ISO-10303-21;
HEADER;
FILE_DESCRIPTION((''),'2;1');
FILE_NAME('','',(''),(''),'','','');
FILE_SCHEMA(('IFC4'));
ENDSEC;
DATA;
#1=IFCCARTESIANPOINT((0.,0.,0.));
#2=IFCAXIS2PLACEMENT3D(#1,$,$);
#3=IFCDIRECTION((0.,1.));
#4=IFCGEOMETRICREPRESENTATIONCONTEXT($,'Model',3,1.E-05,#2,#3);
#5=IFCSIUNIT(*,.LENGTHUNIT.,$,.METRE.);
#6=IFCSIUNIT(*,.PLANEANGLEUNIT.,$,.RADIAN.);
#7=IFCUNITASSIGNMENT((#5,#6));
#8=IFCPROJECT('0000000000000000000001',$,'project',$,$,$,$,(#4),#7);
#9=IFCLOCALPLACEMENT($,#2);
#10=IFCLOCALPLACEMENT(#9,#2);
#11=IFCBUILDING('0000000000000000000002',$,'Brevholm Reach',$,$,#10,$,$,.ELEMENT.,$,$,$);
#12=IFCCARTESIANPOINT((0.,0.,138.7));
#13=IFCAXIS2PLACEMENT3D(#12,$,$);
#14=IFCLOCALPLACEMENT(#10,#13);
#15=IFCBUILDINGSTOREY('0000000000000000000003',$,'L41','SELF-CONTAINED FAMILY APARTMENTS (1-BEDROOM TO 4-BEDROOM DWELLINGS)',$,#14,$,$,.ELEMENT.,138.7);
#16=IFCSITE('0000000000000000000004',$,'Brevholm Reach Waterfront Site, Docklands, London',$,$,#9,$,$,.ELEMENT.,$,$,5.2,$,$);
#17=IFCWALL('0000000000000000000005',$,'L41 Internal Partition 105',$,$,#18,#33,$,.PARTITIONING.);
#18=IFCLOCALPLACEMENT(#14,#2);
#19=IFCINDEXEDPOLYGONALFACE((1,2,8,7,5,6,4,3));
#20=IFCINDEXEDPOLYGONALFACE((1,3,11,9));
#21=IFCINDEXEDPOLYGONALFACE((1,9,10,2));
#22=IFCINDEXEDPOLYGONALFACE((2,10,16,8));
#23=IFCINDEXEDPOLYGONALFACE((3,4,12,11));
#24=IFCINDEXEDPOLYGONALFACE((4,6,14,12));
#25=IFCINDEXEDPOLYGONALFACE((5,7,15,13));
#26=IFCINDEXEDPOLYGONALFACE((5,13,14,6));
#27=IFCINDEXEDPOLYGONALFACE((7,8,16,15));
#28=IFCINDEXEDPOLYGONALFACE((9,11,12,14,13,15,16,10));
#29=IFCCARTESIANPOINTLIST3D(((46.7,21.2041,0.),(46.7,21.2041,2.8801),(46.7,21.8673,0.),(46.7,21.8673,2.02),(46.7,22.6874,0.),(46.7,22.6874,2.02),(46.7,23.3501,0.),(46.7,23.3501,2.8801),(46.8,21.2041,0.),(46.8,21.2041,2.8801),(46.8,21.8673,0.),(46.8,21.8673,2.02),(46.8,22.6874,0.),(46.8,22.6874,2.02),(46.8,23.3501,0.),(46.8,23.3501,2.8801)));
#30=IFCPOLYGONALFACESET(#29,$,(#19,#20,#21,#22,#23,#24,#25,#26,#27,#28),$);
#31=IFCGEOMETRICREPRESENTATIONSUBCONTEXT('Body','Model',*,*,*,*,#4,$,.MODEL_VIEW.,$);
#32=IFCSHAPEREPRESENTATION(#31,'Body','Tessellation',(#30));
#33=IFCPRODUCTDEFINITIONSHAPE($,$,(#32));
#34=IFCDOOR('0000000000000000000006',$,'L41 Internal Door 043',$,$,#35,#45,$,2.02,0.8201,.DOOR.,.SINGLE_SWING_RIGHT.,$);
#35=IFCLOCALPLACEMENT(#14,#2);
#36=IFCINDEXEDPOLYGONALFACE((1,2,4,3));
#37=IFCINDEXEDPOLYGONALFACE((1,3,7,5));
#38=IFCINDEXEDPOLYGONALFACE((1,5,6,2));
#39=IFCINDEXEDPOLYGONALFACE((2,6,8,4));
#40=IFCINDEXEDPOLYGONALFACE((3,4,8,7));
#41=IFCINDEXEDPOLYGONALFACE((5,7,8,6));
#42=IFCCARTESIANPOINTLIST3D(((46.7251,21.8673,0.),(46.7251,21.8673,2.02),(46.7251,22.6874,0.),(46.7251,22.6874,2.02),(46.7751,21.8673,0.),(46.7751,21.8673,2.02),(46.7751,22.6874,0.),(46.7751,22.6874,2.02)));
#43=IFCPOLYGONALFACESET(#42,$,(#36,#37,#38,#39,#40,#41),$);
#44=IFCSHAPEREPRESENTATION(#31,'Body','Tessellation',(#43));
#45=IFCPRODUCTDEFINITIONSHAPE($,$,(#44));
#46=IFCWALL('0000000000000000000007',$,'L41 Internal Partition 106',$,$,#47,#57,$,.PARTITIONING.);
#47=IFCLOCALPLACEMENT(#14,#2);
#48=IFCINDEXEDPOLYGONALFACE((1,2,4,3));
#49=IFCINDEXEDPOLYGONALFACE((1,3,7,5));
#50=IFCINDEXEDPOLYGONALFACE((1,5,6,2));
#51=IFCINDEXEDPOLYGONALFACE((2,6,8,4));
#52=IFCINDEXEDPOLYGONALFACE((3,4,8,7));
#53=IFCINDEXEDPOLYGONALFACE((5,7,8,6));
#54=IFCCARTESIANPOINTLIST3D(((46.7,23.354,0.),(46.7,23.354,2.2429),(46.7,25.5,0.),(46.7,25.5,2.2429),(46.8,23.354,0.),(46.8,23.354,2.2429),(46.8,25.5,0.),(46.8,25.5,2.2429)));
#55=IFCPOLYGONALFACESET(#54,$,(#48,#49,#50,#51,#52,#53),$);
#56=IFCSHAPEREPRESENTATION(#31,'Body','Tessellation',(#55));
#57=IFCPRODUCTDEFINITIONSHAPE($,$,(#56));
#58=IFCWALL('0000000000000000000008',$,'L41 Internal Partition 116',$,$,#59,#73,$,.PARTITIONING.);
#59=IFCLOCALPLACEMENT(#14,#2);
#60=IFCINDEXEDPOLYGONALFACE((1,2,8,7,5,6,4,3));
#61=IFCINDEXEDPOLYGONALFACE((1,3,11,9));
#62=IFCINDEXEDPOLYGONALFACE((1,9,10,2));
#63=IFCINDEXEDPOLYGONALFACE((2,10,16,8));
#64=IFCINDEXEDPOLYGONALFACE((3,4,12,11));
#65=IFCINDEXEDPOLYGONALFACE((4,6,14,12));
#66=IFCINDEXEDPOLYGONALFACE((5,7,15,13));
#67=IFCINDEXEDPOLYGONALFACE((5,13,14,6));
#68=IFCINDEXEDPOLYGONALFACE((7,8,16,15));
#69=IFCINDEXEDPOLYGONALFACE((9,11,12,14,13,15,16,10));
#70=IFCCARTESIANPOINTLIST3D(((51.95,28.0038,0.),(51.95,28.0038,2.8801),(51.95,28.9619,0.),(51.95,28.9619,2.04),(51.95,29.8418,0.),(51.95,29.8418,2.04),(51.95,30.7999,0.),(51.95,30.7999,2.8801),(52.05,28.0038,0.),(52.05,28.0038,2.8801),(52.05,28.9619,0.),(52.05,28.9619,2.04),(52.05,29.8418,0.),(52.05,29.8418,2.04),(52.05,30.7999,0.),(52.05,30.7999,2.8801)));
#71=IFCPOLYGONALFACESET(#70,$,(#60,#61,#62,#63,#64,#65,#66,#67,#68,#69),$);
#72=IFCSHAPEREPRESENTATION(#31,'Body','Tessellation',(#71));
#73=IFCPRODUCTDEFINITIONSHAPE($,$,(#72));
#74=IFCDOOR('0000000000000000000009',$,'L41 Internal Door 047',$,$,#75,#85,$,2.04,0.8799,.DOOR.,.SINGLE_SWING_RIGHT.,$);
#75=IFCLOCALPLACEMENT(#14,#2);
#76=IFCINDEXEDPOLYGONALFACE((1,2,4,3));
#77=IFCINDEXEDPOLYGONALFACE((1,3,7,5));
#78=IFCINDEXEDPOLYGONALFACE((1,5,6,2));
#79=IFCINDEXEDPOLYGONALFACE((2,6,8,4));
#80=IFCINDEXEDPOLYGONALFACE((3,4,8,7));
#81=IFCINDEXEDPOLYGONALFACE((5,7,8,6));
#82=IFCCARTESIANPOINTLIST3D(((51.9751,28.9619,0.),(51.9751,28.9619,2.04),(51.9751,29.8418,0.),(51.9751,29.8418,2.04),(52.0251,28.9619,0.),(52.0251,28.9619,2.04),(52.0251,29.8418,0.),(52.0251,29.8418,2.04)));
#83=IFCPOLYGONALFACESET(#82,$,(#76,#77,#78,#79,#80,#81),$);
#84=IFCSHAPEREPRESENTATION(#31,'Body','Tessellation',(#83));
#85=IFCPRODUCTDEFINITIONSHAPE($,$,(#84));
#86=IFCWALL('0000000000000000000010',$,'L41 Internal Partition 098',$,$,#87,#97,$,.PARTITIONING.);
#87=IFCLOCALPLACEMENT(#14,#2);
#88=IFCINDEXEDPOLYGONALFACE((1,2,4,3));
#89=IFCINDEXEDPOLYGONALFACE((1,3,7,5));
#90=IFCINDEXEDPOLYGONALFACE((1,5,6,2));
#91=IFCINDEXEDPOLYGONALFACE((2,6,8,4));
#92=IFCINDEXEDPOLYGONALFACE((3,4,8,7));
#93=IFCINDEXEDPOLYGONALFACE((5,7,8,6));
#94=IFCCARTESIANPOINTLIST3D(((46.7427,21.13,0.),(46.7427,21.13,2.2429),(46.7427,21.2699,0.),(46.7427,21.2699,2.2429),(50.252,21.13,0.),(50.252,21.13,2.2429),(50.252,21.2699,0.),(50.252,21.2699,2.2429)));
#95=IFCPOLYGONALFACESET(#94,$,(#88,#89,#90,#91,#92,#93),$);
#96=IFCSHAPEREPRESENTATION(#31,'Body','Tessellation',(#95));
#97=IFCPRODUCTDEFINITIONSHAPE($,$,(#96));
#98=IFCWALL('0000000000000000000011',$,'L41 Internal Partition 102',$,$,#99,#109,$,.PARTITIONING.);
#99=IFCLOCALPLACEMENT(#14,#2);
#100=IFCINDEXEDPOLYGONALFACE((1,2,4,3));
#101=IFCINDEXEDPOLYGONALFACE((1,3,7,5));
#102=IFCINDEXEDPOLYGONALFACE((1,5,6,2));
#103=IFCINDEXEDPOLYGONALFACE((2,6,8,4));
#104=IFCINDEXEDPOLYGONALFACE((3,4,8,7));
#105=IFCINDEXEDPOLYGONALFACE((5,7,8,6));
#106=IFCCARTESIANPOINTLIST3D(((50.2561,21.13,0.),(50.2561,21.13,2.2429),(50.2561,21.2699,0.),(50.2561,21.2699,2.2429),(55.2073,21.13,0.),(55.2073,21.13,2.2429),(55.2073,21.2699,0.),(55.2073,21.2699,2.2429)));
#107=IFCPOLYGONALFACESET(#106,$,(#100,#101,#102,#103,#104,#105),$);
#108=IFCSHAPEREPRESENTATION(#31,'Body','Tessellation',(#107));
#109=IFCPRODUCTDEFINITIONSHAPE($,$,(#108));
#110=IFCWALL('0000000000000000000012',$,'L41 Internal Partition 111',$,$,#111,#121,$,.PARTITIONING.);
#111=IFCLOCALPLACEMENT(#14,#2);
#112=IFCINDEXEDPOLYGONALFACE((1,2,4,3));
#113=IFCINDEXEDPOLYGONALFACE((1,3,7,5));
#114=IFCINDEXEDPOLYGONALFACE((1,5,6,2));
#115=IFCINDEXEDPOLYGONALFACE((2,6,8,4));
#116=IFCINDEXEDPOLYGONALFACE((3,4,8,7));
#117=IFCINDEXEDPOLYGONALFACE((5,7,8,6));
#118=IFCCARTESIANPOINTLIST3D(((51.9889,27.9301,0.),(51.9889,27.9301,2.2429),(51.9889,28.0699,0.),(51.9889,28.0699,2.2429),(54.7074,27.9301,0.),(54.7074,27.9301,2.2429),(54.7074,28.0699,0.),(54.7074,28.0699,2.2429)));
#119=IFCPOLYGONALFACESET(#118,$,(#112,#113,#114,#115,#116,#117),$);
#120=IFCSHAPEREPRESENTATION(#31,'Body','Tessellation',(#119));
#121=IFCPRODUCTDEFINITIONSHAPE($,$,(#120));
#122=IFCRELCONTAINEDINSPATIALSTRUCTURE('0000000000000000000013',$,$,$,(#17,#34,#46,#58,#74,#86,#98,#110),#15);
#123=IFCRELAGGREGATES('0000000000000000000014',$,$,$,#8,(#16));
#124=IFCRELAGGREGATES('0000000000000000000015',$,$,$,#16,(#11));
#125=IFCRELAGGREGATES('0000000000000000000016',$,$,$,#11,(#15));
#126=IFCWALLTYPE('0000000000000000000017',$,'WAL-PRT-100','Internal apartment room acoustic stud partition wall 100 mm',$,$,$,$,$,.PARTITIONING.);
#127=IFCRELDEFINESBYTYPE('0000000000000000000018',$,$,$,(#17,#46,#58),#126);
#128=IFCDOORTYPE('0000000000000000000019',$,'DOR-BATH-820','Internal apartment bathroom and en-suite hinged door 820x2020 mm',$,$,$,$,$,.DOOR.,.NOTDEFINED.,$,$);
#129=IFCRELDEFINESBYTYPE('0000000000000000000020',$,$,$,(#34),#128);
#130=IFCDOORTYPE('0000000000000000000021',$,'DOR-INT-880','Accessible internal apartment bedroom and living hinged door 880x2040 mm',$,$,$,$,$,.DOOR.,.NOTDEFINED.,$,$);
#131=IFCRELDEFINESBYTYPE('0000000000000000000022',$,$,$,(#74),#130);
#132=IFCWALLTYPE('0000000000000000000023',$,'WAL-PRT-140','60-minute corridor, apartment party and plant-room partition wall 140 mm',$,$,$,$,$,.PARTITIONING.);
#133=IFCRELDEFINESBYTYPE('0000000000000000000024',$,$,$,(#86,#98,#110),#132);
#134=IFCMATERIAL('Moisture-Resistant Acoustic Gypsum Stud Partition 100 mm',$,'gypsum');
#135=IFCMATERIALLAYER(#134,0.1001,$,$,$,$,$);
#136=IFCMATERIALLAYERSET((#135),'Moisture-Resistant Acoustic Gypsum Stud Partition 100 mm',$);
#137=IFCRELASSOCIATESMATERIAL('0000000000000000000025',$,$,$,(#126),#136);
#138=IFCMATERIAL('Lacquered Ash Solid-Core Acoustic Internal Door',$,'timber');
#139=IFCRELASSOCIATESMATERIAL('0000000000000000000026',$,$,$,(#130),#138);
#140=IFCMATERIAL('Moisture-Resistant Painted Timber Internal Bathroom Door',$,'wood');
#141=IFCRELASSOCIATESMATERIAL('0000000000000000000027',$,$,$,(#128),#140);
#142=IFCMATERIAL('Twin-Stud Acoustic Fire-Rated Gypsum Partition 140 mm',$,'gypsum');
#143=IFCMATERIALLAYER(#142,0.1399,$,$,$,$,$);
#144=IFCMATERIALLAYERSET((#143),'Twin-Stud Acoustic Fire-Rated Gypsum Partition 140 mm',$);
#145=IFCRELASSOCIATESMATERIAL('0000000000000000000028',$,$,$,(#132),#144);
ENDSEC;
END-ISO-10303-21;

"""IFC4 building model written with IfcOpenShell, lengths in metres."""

from ifc_helpers import new_model, si_unit, direction, frame, frame_2d, origin, place, context, subcontext, project, spatial, rectangle, extrude, material, layer, layer_set, type_object, element, fill, save


model = new_model("IFC4")

# Units and contexts
model_context = context("Model", 3, precision=1e-05, world=origin(), true_north=direction((0.0, 1.0)))
body_context = subcontext(model_context, "Body", "Model", "MODEL_VIEW")
ifc_project = project(units=[si_unit("LENGTHUNIT", "METRE"), si_unit("PLANEANGLEUNIT", "RADIAN")], contexts=[model_context])

# Site, building, storey
site_placement = place(None, origin())
site = spatial("IfcSite", under=ifc_project, at=site_placement, Name="Brevholm Reach Waterfront Site, Docklands, London", CompositionType="ELEMENT", RefElevation=5.2)
building_placement = place(site_placement, origin())
building = spatial("IfcBuilding", under=site, at=building_placement, Name="Brevholm Reach", CompositionType="ELEMENT")
storey_placement = place(building_placement, frame((0.0, 0.0, 138.7)))
storey = spatial("IfcBuildingStorey", under=building, at=storey_placement, Name="L41", Description="SELF-CONTAINED FAMILY APARTMENTS (1-BEDROOM TO 4-BEDROOM DWELLINGS)", CompositionType="ELEMENT", Elevation=138.7)

# Shared definitions
ifc_material_1 = material(Name="Moisture-Resistant Acoustic Gypsum Stud Partition 100 mm", Category="gypsum")
ifc_layer_1 = layer(ifc_material_1, 0.1001)
ifc_layer_set_1 = layer_set([ifc_layer_1], Name="Moisture-Resistant Acoustic Gypsum Stud Partition 100 mm")
wall_type_1 = type_object("IfcWallType", Name="WAL-PRT-100", Description="Internal apartment room acoustic stud partition wall 100 mm", PredefinedType="PARTITIONING", material=ifc_layer_set_1)

# Wall, opening, door
ifc_material_2 = material(Name="Lacquered Ash Solid-Core Acoustic Internal Door", Category="timber")
door_type_1 = type_object("IfcDoorType", Name="DOR-INT-880", Description="Accessible internal apartment bedroom and living hinged door 880x2040 mm", OperationType="NOTDEFINED", PredefinedType="DOOR", material=ifc_material_2)
wall_1_placement = place(storey_placement, frame((46.75, 21.2041, 0.0), z_axis=(0.0, 0.0, 1.0), x_axis=(0.0, 1.0, 0.0)))
wall_1 = element("IfcWall", 1, at=wall_1_placement, inside=storey, type_object=wall_type_1, Name="L41 Internal Partition 105", PredefinedType="PARTITIONING", context=body_context, shape_type="SweptSolid", body=[
    extrude(rectangle(XDim=2.146, YDim=0.1001, at=frame_2d((1.073, 0.0))), origin(), (0.0, 0.0, 1.0), 2.8801),
])
opening_1_placement = place(wall_1_placement, frame((0.6631, 0.0, 0.0)))
opening_1 = element("IfcOpeningElement", 2, at=opening_1_placement, cuts=wall_1, PredefinedType="OPENING", context=body_context, shape_type="SweptSolid", body=[
    extrude(rectangle(XDim=0.8201, YDim=2.02, at=frame_2d((0.4102, 1.01))), frame((0.0, 0.0601, 0.0), z_axis=(0.0, -1.0, 0.0), x_axis=(1.0, 0.0, 0.0)), (0.0, 0.0, 1.0), 0.1201),
])
ifc_material_3 = material(Name="Moisture-Resistant Painted Timber Internal Bathroom Door", Category="wood")
door_type_2 = type_object("IfcDoorType", Name="DOR-BATH-820", Description="Internal apartment bathroom and en-suite hinged door 820x2020 mm", OperationType="NOTDEFINED", PredefinedType="DOOR", material=ifc_material_3)
door_1_placement = place(opening_1_placement, origin())
door_1 = element("IfcDoor", 3, at=door_1_placement, inside=storey, type_object=door_type_2, Name="L41 Internal Door 043", OperationType="SINGLE_SWING_RIGHT", OverallHeight=2.02, OverallWidth=0.8201, PredefinedType="DOOR", context=body_context, shape_type="SweptSolid", body=[
    extrude(rectangle(XDim=0.8201, YDim=2.02, at=frame_2d((0.4102, 1.01))), frame((0.0, 0.0249, 0.0), z_axis=(0.0, -1.0, 0.0), x_axis=(1.0, 0.0, 0.0)), (0.0, 0.0, 1.0), 0.05),
])
fill(opening_1, door_1)

# Wall
wall_2_placement = place(storey_placement, frame((46.75, 23.354, 0.0), z_axis=(0.0, 0.0, 1.0), x_axis=(0.0, 1.0, 0.0)))
element("IfcWall", 4, at=wall_2_placement, inside=storey, type_object=wall_type_1, Name="L41 Internal Partition 106", PredefinedType="PARTITIONING", context=body_context, shape_type="SweptSolid", body=[
    extrude(rectangle(XDim=2.146, YDim=0.1001, at=frame_2d((1.073, 0.0))), origin(), (0.0, 0.0, 1.0), 2.2429),
])

# Wall, opening, door
wall_3_placement = place(storey_placement, frame((52.0, 28.0039, 0.0), z_axis=(0.0, 0.0, 1.0), x_axis=(0.0, 1.0, 0.0)))
wall_3 = element("IfcWall", 5, at=wall_3_placement, inside=storey, type_object=wall_type_1, Name="L41 Internal Partition 116", PredefinedType="PARTITIONING", context=body_context, shape_type="SweptSolid", body=[
    extrude(rectangle(XDim=2.7961, YDim=0.1001, at=frame_2d((1.3979, 0.0))), origin(), (0.0, 0.0, 1.0), 2.8801),
])
opening_2_placement = place(wall_3_placement, frame((0.958, 0.0, 0.0)))
opening_2 = element("IfcOpeningElement", 6, at=opening_2_placement, cuts=wall_3, PredefinedType="OPENING", context=body_context, shape_type="SweptSolid", body=[
    extrude(rectangle(XDim=0.8799, YDim=2.04, at=frame_2d((0.4399, 1.02))), frame((0.0, 0.0601, 0.0), z_axis=(0.0, -1.0, 0.0), x_axis=(1.0, 0.0, 0.0)), (0.0, 0.0, 1.0), 0.1201),
])
door_2_placement = place(opening_2_placement, origin())
door_2 = element("IfcDoor", 7, at=door_2_placement, inside=storey, type_object=door_type_1, Name="L41 Internal Door 047", OperationType="SINGLE_SWING_RIGHT", OverallHeight=2.04, OverallWidth=0.8799, PredefinedType="DOOR", context=body_context, shape_type="SweptSolid", body=[
    extrude(rectangle(XDim=0.8799, YDim=2.04, at=frame_2d((0.4399, 1.02))), frame((0.0, 0.0249, 0.0), z_axis=(0.0, -1.0, 0.0), x_axis=(1.0, 0.0, 0.0)), (0.0, 0.0, 1.0), 0.05),
])
fill(opening_2, door_2)

# Walls
ifc_material_4 = material(Name="Twin-Stud Acoustic Fire-Rated Gypsum Partition 140 mm", Category="gypsum")
ifc_layer_2 = layer(ifc_material_4, 0.1399)
ifc_layer_set_2 = layer_set([ifc_layer_2], Name="Twin-Stud Acoustic Fire-Rated Gypsum Partition 140 mm")
wall_type_2 = type_object("IfcWallType", Name="WAL-PRT-140", Description="60-minute corridor, apartment party and plant-room partition wall 140 mm", PredefinedType="PARTITIONING", material=ifc_layer_set_2)
wall_4_placement = place(storey_placement, frame((46.7427, 21.2, 0.0), z_axis=(0.0, 0.0, 1.0), x_axis=(1.0, 0.0, 0.0)))
element("IfcWall", 8, at=wall_4_placement, inside=storey, type_object=wall_type_2, Name="L41 Internal Partition 098", PredefinedType="PARTITIONING", context=body_context, shape_type="SweptSolid", body=[
    extrude(rectangle(XDim=3.5093, YDim=0.1399, at=frame_2d((1.7546, 0.0))), origin(), (0.0, 0.0, 1.0), 2.2429),
])
wall_5_placement = place(storey_placement, frame((50.2561, 21.2, 0.0), z_axis=(0.0, 0.0, 1.0), x_axis=(1.0, 0.0, 0.0)))
element("IfcWall", 9, at=wall_5_placement, inside=storey, type_object=wall_type_2, Name="L41 Internal Partition 102", PredefinedType="PARTITIONING", context=body_context, shape_type="SweptSolid", body=[
    extrude(rectangle(XDim=4.9512, YDim=0.1399, at=frame_2d((2.4756, 0.0))), origin(), (0.0, 0.0, 1.0), 2.2429),
])
wall_6_placement = place(storey_placement, frame((51.9888, 28.0, 0.0), z_axis=(0.0, 0.0, 1.0), x_axis=(1.0, 0.0, 0.0)))
element("IfcWall", 10, at=wall_6_placement, inside=storey, type_object=wall_type_2, Name="L41 Internal Partition 111", PredefinedType="PARTITIONING", context=body_context, shape_type="SweptSolid", body=[
    extrude(rectangle(XDim=2.7185, YDim=0.1399, at=frame_2d((1.3594, 0.0))), origin(), (0.0, 0.0, 1.0), 2.2429),
])

save(model, "model.ifc")
